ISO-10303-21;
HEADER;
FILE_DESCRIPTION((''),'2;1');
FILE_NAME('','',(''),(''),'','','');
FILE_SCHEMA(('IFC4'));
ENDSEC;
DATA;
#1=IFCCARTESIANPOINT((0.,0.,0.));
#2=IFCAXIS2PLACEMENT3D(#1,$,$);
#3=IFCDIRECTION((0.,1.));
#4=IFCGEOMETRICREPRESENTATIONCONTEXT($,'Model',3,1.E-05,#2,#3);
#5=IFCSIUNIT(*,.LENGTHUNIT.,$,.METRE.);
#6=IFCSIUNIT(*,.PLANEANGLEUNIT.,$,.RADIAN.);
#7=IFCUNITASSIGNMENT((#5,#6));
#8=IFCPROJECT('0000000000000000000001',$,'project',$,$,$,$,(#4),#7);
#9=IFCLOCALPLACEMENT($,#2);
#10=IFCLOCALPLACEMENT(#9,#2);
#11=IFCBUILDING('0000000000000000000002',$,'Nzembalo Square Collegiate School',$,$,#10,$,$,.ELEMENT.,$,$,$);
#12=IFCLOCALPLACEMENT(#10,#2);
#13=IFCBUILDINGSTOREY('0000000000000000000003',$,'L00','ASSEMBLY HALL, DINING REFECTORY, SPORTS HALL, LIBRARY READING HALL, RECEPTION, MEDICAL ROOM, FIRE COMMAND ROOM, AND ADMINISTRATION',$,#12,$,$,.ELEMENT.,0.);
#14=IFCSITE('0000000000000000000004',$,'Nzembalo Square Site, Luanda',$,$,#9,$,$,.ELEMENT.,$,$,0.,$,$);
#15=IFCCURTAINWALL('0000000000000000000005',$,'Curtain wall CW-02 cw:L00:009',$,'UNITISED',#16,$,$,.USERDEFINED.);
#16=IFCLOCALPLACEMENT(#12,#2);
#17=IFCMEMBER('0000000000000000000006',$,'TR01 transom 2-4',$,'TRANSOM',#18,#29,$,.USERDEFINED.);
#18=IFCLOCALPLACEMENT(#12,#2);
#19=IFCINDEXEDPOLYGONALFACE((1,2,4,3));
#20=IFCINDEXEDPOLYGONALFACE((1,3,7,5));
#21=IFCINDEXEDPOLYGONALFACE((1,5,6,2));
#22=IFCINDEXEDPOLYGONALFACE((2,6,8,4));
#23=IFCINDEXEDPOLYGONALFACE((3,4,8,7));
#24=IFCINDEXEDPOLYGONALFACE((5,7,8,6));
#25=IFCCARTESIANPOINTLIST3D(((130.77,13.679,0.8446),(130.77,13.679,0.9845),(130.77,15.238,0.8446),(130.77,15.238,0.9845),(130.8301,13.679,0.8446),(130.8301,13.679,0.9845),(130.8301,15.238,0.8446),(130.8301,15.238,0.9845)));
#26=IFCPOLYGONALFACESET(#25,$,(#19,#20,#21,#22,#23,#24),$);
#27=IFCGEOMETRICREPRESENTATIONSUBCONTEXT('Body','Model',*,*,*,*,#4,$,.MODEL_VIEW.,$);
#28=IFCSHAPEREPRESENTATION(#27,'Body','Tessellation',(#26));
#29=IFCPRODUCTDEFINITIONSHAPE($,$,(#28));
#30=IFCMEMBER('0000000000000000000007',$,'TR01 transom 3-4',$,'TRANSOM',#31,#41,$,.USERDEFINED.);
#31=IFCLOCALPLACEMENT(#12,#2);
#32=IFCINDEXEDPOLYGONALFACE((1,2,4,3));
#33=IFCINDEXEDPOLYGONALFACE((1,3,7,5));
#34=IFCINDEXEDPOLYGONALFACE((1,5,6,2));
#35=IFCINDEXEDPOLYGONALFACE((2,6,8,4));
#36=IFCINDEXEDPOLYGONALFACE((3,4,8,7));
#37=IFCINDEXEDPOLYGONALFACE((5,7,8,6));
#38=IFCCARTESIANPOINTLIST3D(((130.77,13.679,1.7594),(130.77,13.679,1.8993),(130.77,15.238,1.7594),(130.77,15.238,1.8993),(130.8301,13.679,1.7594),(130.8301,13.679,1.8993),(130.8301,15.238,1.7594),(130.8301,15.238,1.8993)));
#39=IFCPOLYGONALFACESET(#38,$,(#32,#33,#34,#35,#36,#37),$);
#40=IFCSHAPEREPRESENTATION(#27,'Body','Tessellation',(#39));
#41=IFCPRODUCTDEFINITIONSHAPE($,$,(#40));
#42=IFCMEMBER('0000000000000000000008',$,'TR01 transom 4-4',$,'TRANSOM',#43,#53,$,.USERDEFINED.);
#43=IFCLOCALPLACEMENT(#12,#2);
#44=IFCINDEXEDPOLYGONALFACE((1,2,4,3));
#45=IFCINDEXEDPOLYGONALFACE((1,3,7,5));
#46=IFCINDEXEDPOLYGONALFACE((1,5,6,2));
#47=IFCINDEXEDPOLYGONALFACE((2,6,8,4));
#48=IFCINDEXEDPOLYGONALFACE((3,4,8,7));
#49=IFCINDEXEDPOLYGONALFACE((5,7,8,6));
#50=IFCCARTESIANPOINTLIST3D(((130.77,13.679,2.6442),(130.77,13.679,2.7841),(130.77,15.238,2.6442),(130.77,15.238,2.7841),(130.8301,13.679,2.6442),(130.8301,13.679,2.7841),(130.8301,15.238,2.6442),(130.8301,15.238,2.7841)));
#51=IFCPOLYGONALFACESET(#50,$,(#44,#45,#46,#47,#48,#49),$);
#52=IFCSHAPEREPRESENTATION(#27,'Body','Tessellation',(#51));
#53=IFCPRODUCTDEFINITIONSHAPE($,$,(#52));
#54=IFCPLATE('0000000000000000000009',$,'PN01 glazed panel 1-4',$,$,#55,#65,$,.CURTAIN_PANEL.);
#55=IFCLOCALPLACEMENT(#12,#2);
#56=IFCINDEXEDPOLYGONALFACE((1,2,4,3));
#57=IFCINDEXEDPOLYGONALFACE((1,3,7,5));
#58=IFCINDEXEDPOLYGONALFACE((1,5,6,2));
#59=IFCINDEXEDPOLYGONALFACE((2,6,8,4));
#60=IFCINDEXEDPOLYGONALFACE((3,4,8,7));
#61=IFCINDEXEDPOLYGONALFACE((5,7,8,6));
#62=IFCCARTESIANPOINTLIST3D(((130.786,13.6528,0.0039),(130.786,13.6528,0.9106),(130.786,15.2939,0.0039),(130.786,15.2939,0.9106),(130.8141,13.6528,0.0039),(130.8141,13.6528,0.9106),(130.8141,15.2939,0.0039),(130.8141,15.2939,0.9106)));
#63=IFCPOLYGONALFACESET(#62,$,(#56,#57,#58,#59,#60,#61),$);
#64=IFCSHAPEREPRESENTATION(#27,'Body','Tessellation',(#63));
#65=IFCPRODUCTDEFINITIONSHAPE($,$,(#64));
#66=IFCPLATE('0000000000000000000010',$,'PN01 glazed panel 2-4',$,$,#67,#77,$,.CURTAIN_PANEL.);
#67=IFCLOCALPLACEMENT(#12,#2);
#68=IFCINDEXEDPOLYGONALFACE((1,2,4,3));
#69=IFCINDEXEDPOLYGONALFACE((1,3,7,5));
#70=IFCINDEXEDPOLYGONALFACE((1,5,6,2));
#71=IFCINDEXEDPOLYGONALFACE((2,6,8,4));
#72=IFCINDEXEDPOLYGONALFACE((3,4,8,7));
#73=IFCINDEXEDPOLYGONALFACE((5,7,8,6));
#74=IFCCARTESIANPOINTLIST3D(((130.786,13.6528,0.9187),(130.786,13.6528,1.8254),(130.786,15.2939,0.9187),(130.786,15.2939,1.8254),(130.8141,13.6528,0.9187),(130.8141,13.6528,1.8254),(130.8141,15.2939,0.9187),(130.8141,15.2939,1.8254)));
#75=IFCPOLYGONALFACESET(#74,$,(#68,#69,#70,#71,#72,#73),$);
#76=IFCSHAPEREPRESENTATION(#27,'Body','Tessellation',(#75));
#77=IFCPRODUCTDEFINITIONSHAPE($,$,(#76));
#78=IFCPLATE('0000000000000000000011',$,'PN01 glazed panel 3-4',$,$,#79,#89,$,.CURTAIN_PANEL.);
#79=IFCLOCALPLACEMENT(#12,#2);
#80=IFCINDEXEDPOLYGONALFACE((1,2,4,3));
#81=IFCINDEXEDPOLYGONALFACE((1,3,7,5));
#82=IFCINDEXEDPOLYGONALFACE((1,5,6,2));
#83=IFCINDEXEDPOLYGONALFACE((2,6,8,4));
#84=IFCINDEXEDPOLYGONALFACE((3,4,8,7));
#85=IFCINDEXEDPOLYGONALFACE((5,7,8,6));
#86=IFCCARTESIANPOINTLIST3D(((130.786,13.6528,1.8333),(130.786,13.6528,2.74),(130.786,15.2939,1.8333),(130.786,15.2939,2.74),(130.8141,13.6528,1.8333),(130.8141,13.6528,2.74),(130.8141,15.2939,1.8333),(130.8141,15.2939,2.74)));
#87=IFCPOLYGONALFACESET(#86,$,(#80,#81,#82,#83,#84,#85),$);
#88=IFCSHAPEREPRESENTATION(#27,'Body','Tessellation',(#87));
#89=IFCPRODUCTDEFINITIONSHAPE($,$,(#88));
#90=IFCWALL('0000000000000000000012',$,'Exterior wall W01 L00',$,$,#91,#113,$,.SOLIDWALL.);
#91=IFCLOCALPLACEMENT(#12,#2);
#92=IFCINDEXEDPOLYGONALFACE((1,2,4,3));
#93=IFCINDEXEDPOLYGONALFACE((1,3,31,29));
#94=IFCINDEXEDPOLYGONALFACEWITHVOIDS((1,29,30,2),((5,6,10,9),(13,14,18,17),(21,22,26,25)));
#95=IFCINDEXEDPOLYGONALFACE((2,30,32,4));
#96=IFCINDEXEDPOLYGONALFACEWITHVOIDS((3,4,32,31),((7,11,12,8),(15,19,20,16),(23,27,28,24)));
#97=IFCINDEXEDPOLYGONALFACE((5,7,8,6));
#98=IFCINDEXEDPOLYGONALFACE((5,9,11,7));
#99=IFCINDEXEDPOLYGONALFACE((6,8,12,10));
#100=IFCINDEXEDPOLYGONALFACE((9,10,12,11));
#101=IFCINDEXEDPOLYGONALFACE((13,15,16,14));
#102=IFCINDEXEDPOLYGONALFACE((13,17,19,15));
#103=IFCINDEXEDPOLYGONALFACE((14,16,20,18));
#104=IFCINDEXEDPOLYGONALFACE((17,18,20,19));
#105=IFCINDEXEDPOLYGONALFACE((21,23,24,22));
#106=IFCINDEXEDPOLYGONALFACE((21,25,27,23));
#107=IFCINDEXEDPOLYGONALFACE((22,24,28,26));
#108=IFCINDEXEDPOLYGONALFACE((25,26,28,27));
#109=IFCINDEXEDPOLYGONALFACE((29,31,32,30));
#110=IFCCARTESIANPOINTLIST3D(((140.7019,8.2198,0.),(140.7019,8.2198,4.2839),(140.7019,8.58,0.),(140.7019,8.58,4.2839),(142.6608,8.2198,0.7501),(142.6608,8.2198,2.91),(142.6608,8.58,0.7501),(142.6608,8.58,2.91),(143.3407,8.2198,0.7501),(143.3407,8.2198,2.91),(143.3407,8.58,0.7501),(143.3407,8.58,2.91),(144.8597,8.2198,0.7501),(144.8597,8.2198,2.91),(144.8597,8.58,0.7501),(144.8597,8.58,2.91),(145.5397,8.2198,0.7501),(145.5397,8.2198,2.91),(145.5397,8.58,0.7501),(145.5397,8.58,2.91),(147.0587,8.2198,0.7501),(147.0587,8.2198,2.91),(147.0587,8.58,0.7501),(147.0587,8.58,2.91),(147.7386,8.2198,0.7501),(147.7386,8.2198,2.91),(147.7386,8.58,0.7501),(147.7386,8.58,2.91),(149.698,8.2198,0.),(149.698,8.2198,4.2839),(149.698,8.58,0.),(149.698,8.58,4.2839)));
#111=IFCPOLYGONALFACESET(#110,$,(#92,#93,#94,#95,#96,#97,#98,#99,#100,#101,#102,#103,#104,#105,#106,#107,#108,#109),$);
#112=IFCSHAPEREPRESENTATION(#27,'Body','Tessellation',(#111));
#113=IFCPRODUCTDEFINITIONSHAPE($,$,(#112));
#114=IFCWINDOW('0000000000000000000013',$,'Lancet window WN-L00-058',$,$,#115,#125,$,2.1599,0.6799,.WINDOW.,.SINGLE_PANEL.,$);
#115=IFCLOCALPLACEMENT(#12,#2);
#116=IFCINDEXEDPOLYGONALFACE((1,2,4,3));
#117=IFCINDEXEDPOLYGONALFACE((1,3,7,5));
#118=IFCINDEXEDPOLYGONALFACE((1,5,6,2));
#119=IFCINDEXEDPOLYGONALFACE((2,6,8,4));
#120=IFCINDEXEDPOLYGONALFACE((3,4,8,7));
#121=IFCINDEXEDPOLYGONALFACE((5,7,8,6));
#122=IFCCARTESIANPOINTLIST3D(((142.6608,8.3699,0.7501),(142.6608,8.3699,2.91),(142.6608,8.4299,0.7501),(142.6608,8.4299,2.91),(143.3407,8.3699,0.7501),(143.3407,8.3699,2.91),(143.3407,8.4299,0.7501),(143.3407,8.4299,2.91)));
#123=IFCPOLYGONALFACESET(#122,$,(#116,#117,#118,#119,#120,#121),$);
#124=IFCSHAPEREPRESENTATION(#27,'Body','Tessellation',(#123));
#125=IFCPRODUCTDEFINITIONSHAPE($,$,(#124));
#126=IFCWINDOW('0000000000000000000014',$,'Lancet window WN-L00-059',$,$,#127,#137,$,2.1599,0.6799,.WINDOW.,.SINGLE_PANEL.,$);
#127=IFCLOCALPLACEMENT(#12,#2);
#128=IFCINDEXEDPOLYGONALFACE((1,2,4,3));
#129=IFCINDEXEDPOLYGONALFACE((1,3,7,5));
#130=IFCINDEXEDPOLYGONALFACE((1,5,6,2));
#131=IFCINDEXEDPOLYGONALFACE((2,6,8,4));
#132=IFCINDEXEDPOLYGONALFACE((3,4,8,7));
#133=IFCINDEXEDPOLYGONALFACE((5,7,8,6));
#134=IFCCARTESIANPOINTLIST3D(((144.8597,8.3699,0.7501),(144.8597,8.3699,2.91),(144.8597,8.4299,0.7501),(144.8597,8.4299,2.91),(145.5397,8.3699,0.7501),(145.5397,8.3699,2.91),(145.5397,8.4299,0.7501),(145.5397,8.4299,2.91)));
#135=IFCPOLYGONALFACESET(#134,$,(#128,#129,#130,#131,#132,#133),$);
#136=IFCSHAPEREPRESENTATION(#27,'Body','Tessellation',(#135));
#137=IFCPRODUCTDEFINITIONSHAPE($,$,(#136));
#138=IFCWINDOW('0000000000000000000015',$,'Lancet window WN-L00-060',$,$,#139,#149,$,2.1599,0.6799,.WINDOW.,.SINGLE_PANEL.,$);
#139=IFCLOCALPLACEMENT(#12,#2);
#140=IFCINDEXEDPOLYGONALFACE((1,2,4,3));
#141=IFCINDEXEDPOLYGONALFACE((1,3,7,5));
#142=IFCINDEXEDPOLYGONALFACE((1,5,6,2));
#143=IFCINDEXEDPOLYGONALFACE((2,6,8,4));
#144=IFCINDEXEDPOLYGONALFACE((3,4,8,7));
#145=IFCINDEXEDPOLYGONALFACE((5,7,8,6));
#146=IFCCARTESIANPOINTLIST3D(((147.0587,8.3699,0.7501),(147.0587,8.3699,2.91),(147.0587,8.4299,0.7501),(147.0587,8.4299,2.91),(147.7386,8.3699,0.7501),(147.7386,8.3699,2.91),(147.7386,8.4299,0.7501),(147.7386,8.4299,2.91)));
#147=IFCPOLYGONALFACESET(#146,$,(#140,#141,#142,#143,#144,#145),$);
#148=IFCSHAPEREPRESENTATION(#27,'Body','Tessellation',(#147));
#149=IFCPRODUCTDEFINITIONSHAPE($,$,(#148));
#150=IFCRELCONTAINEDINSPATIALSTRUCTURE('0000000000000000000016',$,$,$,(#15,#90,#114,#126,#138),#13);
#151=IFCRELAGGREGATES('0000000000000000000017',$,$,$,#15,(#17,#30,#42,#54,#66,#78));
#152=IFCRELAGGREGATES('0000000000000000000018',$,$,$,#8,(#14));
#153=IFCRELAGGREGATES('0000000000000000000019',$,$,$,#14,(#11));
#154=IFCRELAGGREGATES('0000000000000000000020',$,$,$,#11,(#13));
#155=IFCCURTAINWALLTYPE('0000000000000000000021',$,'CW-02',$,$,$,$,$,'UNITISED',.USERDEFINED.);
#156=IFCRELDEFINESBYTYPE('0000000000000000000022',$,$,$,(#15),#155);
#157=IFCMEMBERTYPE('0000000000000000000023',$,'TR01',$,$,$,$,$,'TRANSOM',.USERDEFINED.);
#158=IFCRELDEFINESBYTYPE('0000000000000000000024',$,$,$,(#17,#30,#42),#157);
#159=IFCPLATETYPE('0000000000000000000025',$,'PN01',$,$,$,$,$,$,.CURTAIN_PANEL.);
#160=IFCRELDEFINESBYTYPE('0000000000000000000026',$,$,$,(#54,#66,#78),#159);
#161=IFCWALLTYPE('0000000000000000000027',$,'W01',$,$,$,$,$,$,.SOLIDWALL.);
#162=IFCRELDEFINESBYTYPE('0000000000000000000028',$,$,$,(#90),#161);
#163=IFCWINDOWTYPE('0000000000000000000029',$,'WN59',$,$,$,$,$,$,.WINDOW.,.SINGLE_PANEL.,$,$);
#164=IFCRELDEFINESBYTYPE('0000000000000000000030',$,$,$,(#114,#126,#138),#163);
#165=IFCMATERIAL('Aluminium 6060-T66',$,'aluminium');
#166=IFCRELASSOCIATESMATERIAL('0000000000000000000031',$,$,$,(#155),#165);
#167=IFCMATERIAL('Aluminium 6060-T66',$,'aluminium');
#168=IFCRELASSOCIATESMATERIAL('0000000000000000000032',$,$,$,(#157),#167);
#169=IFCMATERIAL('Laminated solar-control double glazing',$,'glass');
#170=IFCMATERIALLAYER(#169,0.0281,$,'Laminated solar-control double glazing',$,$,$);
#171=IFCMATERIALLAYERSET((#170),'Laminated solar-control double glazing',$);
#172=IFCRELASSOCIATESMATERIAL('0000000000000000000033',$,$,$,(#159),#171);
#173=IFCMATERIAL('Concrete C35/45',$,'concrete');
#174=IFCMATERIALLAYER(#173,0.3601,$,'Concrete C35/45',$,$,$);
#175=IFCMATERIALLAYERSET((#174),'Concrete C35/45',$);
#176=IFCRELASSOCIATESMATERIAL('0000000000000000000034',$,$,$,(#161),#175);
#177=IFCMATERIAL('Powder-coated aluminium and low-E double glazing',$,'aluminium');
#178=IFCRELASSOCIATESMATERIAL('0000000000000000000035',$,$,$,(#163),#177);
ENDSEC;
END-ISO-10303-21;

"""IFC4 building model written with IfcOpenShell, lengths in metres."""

from ifc_helpers import new_model, si_unit, direction, frame, frame_2d, origin, origin_2d, place, context, subcontext, project, spatial, rectangle, extrude, material, layer, layer_set, material_profile, profile_set, type_object, element, fill, aggregate, save


model = new_model("IFC4")

# Units and contexts
model_context = context("Model", 3, precision=1e-05, world=origin(), true_north=direction((0.0, 1.0)))
body_context = subcontext(model_context, "Body", "Model", "MODEL_VIEW")
ifc_project = project(units=[si_unit("LENGTHUNIT", "METRE"), si_unit("PLANEANGLEUNIT", "RADIAN")], contexts=[model_context])

# Site, building, storey
site_placement = place(None, origin())
site = spatial("IfcSite", under=ifc_project, at=site_placement, Name="Nzembalo Square Site, Luanda", CompositionType="ELEMENT", RefElevation=0.0)
building_placement = place(site_placement, origin())
building = spatial("IfcBuilding", under=site, at=building_placement, Name="Nzembalo Square Collegiate School", CompositionType="ELEMENT")
storey_placement = place(building_placement, origin())
storey = spatial("IfcBuildingStorey", under=building, at=storey_placement, Name="L00", Description="ASSEMBLY HALL, DINING REFECTORY, SPORTS HALL, LIBRARY READING HALL, RECEPTION, MEDICAL ROOM, FIRE COMMAND ROOM, AND ADMINISTRATION", CompositionType="ELEMENT", Elevation=0.0)

# Curtain wall
ifc_material_1 = material(Name="Aluminium 6060-T66", Category="aluminium")
curtain_wall_type_1 = type_object("IfcCurtainWallType", Name="CW-02", ElementType="UNITISED", PredefinedType="USERDEFINED", material=ifc_material_1)
curtain_wall_1_placement = place(storey_placement, origin())
curtain_wall_1 = element("IfcCurtainWall", 1, at=curtain_wall_1_placement, inside=storey, type_object=curtain_wall_type_1, Name="Curtain wall CW-02 cw:L00:009", ObjectType="UNITISED", PredefinedType="USERDEFINED")

# Members
ifc_material_2 = material(Name="Aluminium 6060-T66", Category="aluminium")
ifc_material_profile_1 = material_profile(ifc_material_2, rectangle(XDim=0.0601, YDim=0.1399, at=origin_2d()), Name="ALU T60x140")
ifc_profile_set_1 = profile_set([ifc_material_profile_1], Name="Aluminium 6060-T66")
member_type_1 = type_object("IfcMemberType", Name="TR01", ElementType="TRANSOM", PredefinedType="USERDEFINED", material=ifc_profile_set_1)
member_1_placement = place(storey_placement, frame((130.8, 13.679, 0.9146), z_axis=(0.0, 1.0, 0.0), x_axis=(-1.0, 0.0, 0.0)))
member_1 = element("IfcMember", 2, at=member_1_placement, type_object=member_type_1, Name="TR01 transom 2-4", ObjectType="TRANSOM", PredefinedType="USERDEFINED", context=body_context, shape_type="SweptSolid", body=[
    extrude(rectangle(XDim=0.0601, YDim=0.1399, at=origin_2d()), origin(), (0.0, 0.0, 1.0), 1.5591),
])
member_2_placement = place(storey_placement, frame((130.8, 13.679, 1.8293), z_axis=(0.0, 1.0, 0.0), x_axis=(-1.0, 0.0, 0.0)))
member_2 = element("IfcMember", 3, at=member_2_placement, type_object=member_type_1, Name="TR01 transom 3-4", ObjectType="TRANSOM", PredefinedType="USERDEFINED", context=body_context, shape_type="SweptSolid", body=[
    extrude(rectangle(XDim=0.0601, YDim=0.1399, at=origin_2d()), origin(), (0.0, 0.0, 1.0), 1.5591),
])
member_3_placement = place(storey_placement, frame((130.8, 13.679, 2.7141), z_axis=(0.0, 1.0, 0.0), x_axis=(-1.0, 0.0, 0.0)))
member_3 = element("IfcMember", 4, at=member_3_placement, type_object=member_type_1, Name="TR01 transom 4-4", ObjectType="TRANSOM", PredefinedType="USERDEFINED", context=body_context, shape_type="SweptSolid", body=[
    extrude(rectangle(XDim=0.0601, YDim=0.1399, at=origin_2d()), origin(), (0.0, 0.0, 1.0), 1.5591),
])

# Plates
ifc_material_3 = material(Name="Laminated solar-control double glazing", Category="glass")
ifc_layer_1 = layer(ifc_material_3, 0.0281, Name="Laminated solar-control double glazing")
ifc_layer_set_1 = layer_set([ifc_layer_1], Name="Laminated solar-control double glazing")
plate_type = type_object("IfcPlateType", Name="PN01", PredefinedType="CURTAIN_PANEL", material=ifc_layer_set_1)
plate_1_placement = place(storey_placement, frame((130.8, 14.4734, 0.0039), z_axis=(0.0, 0.0, 1.0), x_axis=(0.0, 1.0, 0.0)))
plate_1 = element("IfcPlate", 5, at=plate_1_placement, type_object=plate_type, Name="PN01 glazed panel 1-4", PredefinedType="CURTAIN_PANEL", context=body_context, shape_type="SweptSolid", body=[
    extrude(rectangle(XDim=1.6411, YDim=0.0281, at=origin_2d()), origin(), (0.0, 0.0, 1.0), 0.9067),
])
plate_2_placement = place(storey_placement, frame((130.8, 14.4734, 0.9187), z_axis=(0.0, 0.0, 1.0), x_axis=(0.0, 1.0, 0.0)))
plate_2 = element("IfcPlate", 6, at=plate_2_placement, type_object=plate_type, Name="PN01 glazed panel 2-4", PredefinedType="CURTAIN_PANEL", context=body_context, shape_type="SweptSolid", body=[
    extrude(rectangle(XDim=1.6411, YDim=0.0281, at=origin_2d()), origin(), (0.0, 0.0, 1.0), 0.9067),
])
plate_3_placement = place(storey_placement, frame((130.8, 14.4734, 1.8333), z_axis=(0.0, 0.0, 1.0), x_axis=(0.0, 1.0, 0.0)))
plate_3 = element("IfcPlate", 7, at=plate_3_placement, type_object=plate_type, Name="PN01 glazed panel 3-4", PredefinedType="CURTAIN_PANEL", context=body_context, shape_type="SweptSolid", body=[
    extrude(rectangle(XDim=1.6411, YDim=0.0281, at=origin_2d()), origin(), (0.0, 0.0, 1.0), 0.9067),
])
aggregate(curtain_wall_1, [member_1, member_2, member_3, plate_1, plate_2, plate_3])

# Wall, openings, windows
ifc_material_4 = material(Name="Concrete C35/45", Category="concrete")
ifc_layer_2 = layer(ifc_material_4, 0.3601, Name="Concrete C35/45")
ifc_layer_set_2 = layer_set([ifc_layer_2], Name="Concrete C35/45")
wall_type_1 = type_object("IfcWallType", Name="W01", PredefinedType="SOLIDWALL", material=ifc_layer_set_2)
wall_1_placement = place(storey_placement, frame((140.7019, 8.3999, 0.0), z_axis=(0.0, 0.0, 1.0), x_axis=(1.0, 0.0, 0.0)))
wall_1 = element("IfcWall", 8, at=wall_1_placement, inside=storey, type_object=wall_type_1, Name="Exterior wall W01 L00", PredefinedType="SOLIDWALL", context=body_context, shape_type="SweptSolid", body=[
    extrude(rectangle(XDim=8.9961, YDim=0.3601, at=frame_2d((4.498, 0.0))), origin(), (0.0, 0.0, 1.0), 4.2839),
])
opening_1_placement = place(wall_1_placement, frame((1.959, 0.0, 0.75)))
opening_1 = element("IfcOpeningElement", 9, at=opening_1_placement, cuts=wall_1, PredefinedType="OPENING", context=body_context, shape_type="SweptSolid", body=[
    extrude(rectangle(XDim=0.6799, YDim=2.1599, at=frame_2d((0.3398, 1.0801))), frame((0.0, 0.1899, 0.0), z_axis=(0.0, -1.0, 0.0), x_axis=(1.0, 0.0, 0.0)), (0.0, 0.0, 1.0), 0.3801),
])
opening_2_placement = place(wall_1_placement, frame((4.158, 0.0, 0.75)))
opening_2 = element("IfcOpeningElement", 10, at=opening_2_placement, cuts=wall_1, PredefinedType="OPENING", context=body_context, shape_type="SweptSolid", body=[
    extrude(rectangle(XDim=0.6799, YDim=2.1599, at=frame_2d((0.3398, 1.0801))), frame((0.0, 0.1899, 0.0), z_axis=(0.0, -1.0, 0.0), x_axis=(1.0, 0.0, 0.0)), (0.0, 0.0, 1.0), 0.3801),
])
opening_3_placement = place(wall_1_placement, frame((6.3569, 0.0, 0.75)))
opening_3 = element("IfcOpeningElement", 11, at=opening_3_placement, cuts=wall_1, PredefinedType="OPENING", context=body_context, shape_type="SweptSolid", body=[
    extrude(rectangle(XDim=0.6799, YDim=2.1599, at=frame_2d((0.3398, 1.0801))), frame((0.0, 0.1899, 0.0), z_axis=(0.0, -1.0, 0.0), x_axis=(1.0, 0.0, 0.0)), (0.0, 0.0, 1.0), 0.3801),
])
ifc_material_5 = material(Name="Powder-coated aluminium and low-E double glazing", Category="aluminium")
window_type_1 = type_object("IfcWindowType", Name="WN59", PartitioningType="SINGLE_PANEL", PredefinedType="WINDOW", material=ifc_material_5)
window_1_placement = place(opening_1_placement, origin())
window_1 = element("IfcWindow", 12, at=window_1_placement, inside=storey, type_object=window_type_1, Name="Lancet window WN-L00-058", OverallHeight=2.1599, OverallWidth=0.6799, PartitioningType="SINGLE_PANEL", PredefinedType="WINDOW", context=body_context, shape_type="SweptSolid", body=[
    extrude(rectangle(XDim=0.6799, YDim=2.1599, at=frame_2d((0.3398, 1.0801))), frame((0.0, 0.03, 0.0), z_axis=(0.0, -1.0, 0.0), x_axis=(1.0, 0.0, 0.0)), (0.0, 0.0, 1.0), 0.0601),
])
fill(opening_1, window_1)
window_2_placement = place(opening_2_placement, origin())
window_2 = element("IfcWindow", 13, at=window_2_placement, inside=storey, type_object=window_type_1, Name="Lancet window WN-L00-059", OverallHeight=2.1599, OverallWidth=0.6799, PartitioningType="SINGLE_PANEL", PredefinedType="WINDOW", context=body_context, shape_type="SweptSolid", body=[
    extrude(rectangle(XDim=0.6799, YDim=2.1599, at=frame_2d((0.3398, 1.0801))), frame((0.0, 0.03, 0.0), z_axis=(0.0, -1.0, 0.0), x_axis=(1.0, 0.0, 0.0)), (0.0, 0.0, 1.0), 0.0601),
])
fill(opening_2, window_2)
window_3_placement = place(opening_3_placement, origin())
window_3 = element("IfcWindow", 14, at=window_3_placement, inside=storey, type_object=window_type_1, Name="Lancet window WN-L00-060", OverallHeight=2.1599, OverallWidth=0.6799, PartitioningType="SINGLE_PANEL", PredefinedType="WINDOW", context=body_context, shape_type="SweptSolid", body=[
    extrude(rectangle(XDim=0.6799, YDim=2.1599, at=frame_2d((0.3398, 1.0801))), frame((0.0, 0.03, 0.0), z_axis=(0.0, -1.0, 0.0), x_axis=(1.0, 0.0, 0.0)), (0.0, 0.0, 1.0), 0.0601),
])
fill(opening_3, window_3)

save(model, "model.ifc")
